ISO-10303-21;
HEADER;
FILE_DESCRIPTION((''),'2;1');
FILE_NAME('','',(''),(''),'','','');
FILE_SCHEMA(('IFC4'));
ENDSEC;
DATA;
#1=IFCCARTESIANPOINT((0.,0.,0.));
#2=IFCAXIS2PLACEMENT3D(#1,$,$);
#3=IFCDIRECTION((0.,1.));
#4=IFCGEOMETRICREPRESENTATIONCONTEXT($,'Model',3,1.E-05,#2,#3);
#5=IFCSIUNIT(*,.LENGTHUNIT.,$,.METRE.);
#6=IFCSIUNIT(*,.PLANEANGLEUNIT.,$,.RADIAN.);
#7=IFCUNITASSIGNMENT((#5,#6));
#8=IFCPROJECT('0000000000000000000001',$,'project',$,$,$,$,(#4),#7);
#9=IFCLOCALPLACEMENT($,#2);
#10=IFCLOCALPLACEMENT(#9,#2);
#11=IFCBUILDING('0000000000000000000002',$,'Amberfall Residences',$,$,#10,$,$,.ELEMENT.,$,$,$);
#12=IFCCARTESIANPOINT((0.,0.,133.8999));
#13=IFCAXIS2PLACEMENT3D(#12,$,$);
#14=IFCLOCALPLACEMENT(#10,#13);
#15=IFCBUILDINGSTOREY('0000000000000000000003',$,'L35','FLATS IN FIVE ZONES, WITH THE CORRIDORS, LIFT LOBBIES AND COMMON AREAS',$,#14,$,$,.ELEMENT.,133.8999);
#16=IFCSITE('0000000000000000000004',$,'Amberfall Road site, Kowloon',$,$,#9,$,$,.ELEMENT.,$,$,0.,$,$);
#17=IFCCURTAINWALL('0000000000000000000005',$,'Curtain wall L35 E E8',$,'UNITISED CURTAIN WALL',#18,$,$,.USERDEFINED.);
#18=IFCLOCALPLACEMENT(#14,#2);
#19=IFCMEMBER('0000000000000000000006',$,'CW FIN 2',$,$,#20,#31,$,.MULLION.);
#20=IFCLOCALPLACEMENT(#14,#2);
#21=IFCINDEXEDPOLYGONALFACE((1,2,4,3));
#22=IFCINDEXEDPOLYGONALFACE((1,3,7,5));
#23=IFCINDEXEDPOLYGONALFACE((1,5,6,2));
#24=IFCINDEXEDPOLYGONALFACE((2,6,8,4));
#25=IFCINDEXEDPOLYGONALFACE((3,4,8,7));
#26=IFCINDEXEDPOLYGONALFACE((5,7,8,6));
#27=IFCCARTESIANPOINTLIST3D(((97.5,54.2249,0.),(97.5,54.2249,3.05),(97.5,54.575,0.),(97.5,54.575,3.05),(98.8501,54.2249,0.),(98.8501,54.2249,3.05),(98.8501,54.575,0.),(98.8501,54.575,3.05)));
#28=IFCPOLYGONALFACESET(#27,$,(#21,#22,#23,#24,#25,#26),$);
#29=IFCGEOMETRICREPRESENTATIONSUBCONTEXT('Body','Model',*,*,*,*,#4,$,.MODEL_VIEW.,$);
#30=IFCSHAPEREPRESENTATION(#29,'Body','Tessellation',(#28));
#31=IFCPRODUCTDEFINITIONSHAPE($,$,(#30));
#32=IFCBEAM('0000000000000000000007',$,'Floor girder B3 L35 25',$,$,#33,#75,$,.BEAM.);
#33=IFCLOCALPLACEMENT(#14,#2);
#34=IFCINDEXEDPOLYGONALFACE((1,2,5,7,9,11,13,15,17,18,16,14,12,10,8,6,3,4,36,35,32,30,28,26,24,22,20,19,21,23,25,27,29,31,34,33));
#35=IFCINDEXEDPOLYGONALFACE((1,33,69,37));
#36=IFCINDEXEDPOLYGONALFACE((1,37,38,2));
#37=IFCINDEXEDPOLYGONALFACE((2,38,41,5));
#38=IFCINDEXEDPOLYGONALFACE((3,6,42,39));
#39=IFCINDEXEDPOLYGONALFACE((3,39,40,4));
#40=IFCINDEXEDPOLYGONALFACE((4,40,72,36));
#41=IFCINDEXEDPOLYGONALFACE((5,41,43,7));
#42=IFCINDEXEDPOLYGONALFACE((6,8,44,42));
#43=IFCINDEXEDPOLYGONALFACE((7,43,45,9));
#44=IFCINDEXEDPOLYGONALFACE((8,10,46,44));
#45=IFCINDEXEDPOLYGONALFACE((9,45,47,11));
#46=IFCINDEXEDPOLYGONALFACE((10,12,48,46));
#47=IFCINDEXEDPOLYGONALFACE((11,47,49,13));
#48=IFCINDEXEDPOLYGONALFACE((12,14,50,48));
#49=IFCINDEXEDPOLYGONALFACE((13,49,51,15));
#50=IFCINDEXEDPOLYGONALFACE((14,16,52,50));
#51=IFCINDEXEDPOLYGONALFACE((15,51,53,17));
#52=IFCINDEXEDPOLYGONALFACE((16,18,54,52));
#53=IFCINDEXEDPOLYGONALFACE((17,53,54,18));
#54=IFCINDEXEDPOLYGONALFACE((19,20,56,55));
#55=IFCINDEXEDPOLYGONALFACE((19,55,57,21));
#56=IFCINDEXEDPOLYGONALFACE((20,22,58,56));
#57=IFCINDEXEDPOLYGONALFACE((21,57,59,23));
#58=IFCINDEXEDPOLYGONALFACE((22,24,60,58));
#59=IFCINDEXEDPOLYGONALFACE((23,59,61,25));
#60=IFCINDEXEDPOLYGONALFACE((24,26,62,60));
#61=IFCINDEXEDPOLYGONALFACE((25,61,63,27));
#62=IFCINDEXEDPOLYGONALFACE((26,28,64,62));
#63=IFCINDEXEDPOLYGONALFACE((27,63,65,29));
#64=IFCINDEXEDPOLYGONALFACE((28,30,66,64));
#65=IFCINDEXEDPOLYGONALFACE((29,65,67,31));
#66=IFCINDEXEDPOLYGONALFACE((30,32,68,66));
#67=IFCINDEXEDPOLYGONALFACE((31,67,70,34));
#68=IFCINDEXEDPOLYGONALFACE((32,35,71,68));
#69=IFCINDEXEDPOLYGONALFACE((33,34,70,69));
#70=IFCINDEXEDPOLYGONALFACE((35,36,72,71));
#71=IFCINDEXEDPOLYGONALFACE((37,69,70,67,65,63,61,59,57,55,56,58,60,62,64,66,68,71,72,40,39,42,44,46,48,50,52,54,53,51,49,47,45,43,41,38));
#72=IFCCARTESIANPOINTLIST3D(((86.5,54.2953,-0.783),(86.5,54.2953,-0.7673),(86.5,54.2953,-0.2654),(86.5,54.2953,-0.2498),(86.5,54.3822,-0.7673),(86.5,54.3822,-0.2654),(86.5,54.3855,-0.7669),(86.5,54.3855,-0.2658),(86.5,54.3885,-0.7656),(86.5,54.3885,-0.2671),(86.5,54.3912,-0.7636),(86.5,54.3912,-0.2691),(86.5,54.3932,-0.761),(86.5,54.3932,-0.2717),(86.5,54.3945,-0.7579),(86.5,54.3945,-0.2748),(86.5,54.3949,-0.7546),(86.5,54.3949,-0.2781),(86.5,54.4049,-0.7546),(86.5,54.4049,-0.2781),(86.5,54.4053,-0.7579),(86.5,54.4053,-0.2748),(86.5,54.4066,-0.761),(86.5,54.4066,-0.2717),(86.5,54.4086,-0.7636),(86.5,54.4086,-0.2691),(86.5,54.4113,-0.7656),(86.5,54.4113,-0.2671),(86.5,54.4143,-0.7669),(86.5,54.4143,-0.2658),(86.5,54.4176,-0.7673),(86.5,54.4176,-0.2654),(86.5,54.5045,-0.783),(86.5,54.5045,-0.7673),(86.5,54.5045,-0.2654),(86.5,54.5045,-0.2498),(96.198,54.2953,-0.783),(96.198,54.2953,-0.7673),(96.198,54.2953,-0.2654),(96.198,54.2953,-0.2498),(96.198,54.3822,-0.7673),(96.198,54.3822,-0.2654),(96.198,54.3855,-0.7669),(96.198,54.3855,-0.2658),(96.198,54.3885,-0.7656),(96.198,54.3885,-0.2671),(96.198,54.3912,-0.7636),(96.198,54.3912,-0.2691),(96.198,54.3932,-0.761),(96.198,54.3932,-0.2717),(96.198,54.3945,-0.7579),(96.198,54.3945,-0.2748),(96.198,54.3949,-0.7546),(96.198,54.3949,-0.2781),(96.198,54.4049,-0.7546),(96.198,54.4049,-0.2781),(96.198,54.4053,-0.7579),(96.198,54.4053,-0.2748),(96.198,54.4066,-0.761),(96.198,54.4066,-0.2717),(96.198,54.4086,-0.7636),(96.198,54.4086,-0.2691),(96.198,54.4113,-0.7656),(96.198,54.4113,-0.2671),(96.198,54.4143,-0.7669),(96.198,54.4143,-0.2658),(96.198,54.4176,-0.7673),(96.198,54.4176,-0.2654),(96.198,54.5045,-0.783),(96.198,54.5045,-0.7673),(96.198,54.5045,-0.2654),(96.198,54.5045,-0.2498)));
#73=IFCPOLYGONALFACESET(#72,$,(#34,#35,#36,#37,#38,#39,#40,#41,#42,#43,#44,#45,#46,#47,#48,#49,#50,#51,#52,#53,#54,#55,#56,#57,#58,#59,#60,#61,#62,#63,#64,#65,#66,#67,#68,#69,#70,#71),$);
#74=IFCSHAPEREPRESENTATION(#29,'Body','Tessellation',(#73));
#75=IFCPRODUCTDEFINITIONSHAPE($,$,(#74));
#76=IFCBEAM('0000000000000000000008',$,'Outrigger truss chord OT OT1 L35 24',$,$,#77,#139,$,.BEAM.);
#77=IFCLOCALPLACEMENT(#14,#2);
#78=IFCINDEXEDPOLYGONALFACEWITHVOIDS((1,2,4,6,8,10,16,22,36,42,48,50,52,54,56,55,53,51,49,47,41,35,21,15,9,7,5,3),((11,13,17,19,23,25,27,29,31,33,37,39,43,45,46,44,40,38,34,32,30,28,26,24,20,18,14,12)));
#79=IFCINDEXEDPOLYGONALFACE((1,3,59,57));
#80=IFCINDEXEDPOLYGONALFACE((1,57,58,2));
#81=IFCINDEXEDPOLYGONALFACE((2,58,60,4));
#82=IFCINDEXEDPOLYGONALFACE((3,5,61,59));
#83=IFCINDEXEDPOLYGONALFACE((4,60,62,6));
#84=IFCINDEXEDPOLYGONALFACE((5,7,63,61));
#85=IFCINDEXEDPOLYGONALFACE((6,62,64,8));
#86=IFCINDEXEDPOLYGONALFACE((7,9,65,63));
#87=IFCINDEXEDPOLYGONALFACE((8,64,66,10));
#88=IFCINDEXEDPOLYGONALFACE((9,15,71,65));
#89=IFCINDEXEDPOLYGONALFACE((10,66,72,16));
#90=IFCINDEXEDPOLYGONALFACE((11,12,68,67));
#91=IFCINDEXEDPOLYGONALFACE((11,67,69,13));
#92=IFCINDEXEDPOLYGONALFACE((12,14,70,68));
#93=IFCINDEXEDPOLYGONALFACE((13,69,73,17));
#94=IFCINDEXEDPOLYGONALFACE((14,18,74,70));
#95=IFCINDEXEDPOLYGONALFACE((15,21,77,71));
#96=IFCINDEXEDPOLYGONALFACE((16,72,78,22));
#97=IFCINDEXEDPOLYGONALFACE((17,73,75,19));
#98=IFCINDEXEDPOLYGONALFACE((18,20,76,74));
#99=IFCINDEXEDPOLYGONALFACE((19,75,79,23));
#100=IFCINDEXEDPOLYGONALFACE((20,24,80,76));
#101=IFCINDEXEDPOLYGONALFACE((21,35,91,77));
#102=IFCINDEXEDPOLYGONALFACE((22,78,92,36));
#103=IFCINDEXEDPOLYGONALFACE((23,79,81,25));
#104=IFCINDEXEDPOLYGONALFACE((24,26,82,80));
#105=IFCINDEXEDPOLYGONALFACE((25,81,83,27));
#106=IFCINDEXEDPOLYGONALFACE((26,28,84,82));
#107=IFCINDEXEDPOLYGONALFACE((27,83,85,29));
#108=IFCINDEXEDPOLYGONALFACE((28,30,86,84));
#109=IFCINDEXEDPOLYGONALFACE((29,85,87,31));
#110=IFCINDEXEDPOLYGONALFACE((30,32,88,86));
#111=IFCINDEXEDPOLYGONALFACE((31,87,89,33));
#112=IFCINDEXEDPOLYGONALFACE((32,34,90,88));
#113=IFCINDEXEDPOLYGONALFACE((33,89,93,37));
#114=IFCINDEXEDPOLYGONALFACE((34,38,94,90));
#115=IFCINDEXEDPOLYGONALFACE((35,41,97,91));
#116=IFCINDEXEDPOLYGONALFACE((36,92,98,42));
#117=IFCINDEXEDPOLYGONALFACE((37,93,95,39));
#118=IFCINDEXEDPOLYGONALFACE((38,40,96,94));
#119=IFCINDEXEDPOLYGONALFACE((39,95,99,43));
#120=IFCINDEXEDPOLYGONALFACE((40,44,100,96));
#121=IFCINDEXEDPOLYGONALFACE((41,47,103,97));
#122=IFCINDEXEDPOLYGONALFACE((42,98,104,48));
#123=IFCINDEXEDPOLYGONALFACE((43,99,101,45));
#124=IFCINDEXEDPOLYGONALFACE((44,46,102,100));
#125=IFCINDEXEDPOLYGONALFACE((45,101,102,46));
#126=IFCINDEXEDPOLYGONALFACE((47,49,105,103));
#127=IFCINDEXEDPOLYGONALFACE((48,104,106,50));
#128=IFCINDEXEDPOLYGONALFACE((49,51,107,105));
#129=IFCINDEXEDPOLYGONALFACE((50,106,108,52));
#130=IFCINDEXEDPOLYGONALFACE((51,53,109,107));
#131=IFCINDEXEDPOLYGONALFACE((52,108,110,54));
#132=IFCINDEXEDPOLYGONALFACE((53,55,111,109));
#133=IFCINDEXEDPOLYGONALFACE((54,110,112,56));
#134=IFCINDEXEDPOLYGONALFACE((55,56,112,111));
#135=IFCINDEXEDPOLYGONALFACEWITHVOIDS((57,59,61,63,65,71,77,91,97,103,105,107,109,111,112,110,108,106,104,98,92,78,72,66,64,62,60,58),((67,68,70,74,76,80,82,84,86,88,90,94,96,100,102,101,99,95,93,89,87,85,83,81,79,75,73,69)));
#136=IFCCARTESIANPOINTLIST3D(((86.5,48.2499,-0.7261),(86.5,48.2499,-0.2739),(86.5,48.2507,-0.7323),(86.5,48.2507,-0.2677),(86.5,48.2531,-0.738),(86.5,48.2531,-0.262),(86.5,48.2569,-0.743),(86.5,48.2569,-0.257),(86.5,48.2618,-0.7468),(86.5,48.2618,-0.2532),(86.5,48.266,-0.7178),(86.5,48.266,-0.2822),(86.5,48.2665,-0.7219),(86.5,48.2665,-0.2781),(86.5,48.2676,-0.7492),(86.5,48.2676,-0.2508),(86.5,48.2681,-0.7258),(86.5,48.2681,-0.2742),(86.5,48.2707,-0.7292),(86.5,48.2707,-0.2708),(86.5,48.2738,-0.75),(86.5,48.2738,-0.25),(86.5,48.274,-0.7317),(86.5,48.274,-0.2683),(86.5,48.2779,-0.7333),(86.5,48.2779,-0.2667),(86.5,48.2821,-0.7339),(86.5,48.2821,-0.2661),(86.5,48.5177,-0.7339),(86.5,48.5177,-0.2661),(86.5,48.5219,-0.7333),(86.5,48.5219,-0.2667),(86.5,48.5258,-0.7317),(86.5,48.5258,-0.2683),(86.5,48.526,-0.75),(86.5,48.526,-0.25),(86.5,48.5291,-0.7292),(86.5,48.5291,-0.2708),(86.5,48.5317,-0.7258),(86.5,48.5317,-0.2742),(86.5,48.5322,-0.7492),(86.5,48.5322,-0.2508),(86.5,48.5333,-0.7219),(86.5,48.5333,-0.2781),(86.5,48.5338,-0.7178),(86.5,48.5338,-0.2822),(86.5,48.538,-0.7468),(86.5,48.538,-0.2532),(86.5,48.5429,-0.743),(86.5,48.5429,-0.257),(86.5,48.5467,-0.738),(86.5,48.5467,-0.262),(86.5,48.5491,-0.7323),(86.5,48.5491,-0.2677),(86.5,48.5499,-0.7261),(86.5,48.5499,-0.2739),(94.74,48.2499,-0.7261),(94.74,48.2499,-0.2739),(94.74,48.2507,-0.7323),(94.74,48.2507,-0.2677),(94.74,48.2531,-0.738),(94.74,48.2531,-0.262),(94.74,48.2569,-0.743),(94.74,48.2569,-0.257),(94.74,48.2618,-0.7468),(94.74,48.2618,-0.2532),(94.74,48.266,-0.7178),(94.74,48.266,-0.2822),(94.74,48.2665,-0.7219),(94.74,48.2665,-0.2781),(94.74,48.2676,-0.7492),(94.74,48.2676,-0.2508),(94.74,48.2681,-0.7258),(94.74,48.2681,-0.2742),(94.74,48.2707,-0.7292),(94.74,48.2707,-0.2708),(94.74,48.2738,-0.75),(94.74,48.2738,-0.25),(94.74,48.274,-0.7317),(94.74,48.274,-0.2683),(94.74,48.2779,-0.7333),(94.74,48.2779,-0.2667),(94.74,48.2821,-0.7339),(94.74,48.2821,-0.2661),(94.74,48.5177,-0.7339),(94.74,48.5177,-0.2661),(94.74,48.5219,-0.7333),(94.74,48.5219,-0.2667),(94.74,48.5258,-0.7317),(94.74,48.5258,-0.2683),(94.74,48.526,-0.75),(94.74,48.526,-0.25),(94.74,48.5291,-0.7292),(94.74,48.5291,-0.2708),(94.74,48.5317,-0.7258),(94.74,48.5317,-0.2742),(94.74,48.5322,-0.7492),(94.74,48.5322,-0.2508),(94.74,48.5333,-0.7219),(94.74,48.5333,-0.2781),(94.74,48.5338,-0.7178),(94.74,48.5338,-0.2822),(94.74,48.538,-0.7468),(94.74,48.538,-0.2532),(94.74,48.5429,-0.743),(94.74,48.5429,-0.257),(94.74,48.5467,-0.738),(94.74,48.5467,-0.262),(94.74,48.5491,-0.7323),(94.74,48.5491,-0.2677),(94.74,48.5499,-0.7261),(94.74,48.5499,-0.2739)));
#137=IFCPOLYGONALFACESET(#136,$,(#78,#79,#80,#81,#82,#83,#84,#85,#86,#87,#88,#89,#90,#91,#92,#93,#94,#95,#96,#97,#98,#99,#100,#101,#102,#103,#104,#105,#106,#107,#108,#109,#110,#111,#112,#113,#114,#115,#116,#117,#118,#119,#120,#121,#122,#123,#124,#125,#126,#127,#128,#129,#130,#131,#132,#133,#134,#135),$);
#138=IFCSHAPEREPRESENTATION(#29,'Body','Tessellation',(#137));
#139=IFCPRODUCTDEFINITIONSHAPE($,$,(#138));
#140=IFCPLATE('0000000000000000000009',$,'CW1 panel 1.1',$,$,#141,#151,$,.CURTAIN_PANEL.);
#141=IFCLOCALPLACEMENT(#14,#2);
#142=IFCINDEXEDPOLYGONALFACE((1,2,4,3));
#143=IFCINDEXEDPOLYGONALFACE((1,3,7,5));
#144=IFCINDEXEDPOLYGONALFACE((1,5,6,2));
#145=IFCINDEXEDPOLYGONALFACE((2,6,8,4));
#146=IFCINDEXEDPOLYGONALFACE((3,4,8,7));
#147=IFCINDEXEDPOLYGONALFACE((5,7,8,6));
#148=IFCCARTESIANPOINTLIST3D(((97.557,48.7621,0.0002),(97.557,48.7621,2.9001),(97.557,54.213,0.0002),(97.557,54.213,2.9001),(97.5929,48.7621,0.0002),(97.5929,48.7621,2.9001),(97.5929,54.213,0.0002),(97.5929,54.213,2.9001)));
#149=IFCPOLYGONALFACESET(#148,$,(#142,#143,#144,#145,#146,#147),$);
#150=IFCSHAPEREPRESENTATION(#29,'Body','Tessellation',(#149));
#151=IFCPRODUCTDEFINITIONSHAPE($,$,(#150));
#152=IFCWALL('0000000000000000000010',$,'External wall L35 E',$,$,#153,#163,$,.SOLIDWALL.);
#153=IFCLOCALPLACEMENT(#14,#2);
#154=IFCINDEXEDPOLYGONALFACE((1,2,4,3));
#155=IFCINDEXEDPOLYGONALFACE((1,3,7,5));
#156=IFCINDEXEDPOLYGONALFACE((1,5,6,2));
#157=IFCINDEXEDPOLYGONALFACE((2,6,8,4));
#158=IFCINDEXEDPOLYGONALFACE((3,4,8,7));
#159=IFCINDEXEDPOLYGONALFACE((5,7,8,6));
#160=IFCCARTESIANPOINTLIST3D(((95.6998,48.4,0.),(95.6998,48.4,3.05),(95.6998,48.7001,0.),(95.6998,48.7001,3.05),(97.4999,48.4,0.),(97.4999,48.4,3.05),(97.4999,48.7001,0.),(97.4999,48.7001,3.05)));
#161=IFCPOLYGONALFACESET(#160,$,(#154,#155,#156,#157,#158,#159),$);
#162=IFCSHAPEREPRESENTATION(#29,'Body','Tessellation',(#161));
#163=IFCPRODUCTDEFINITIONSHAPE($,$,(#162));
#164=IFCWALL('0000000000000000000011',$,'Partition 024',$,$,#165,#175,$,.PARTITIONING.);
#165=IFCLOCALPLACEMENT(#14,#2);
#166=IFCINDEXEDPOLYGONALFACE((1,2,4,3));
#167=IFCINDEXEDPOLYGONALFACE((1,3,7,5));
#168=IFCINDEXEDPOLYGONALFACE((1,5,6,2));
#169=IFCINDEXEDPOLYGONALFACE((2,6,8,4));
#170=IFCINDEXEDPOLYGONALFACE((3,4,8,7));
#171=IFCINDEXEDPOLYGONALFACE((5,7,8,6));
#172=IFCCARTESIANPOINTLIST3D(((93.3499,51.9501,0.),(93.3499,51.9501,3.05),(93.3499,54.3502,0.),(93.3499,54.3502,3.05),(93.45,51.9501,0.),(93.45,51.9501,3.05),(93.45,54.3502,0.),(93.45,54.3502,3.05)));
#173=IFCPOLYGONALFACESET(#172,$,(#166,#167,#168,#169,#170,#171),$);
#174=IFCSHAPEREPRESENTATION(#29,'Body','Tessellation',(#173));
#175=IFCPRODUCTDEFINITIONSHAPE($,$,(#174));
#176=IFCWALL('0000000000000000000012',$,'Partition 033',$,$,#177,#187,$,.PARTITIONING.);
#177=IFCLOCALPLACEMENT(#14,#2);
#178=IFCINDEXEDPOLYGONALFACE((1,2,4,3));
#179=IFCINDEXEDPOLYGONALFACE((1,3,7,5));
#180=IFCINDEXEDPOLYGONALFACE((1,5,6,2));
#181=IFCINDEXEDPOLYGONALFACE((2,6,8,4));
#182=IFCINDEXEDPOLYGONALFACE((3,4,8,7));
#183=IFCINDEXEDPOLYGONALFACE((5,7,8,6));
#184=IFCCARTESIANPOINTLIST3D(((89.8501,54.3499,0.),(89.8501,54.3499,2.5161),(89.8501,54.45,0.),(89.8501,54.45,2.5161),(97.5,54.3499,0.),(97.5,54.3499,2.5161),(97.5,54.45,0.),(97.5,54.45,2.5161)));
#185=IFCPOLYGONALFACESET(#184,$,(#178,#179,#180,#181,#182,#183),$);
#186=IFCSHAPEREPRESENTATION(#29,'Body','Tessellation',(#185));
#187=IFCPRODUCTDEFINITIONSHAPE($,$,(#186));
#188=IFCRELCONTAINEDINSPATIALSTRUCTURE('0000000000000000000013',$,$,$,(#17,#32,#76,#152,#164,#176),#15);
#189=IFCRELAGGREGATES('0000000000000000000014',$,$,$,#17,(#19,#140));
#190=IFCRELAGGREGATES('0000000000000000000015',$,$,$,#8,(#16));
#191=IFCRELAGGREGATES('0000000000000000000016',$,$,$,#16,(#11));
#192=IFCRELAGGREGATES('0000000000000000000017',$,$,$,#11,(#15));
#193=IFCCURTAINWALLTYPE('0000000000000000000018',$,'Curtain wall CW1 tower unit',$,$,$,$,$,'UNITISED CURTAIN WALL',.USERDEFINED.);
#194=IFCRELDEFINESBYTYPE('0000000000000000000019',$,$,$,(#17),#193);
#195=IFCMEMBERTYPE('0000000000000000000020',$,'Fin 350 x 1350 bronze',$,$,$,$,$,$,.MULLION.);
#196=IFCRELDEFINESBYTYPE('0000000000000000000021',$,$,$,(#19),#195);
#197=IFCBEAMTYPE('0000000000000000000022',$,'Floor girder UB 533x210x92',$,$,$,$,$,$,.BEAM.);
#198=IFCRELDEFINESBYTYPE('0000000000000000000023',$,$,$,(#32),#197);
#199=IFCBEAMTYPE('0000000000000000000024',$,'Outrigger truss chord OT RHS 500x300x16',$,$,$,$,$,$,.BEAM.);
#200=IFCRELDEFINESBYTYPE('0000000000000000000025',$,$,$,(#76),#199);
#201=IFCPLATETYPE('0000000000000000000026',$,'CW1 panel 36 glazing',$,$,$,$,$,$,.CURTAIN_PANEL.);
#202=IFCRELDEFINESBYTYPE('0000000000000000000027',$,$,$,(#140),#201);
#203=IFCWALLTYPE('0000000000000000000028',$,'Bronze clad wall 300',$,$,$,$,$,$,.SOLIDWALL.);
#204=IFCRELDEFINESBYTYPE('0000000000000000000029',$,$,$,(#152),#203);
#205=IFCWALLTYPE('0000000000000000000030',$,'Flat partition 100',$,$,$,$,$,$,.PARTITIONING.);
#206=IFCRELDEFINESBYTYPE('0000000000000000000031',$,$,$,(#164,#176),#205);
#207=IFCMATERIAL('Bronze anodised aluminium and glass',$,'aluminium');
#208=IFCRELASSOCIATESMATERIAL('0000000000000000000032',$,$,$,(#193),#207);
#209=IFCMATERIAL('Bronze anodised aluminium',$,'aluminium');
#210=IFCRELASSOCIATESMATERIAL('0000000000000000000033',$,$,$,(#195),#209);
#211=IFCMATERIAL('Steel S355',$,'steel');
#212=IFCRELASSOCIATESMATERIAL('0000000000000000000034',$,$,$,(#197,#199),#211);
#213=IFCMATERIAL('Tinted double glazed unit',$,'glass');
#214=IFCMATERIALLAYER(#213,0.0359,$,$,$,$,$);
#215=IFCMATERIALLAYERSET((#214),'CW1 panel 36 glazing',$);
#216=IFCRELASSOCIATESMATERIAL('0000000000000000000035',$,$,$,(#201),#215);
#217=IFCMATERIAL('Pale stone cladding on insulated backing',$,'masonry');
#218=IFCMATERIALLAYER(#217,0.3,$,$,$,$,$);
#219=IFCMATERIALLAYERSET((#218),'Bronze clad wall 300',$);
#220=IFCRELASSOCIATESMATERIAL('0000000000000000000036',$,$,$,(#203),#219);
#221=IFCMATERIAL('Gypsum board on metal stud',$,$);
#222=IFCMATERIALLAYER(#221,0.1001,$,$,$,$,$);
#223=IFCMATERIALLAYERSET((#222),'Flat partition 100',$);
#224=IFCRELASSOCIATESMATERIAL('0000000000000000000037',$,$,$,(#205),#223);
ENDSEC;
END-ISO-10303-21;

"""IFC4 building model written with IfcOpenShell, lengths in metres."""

from ifc_helpers import new_model, si_unit, direction, frame, frame_2d, origin, origin_2d, place, context, subcontext, project, spatial, rectangle, hollow_rectangle, i_section, extrude, material, layer, layer_set, material_profile, profile_set, type_object, element, aggregate, save


model = new_model("IFC4")

# Units and contexts
model_context = context("Model", 3, precision=1e-05, world=origin(), true_north=direction((0.0, 1.0)))
body_context = subcontext(model_context, "Body", "Model", "MODEL_VIEW")
ifc_project = project(units=[si_unit("LENGTHUNIT", "METRE"), si_unit("PLANEANGLEUNIT", "RADIAN")], contexts=[model_context])

# Site, building, storey
site_placement = place(None, origin())
site = spatial("IfcSite", under=ifc_project, at=site_placement, Name="Amberfall Road site, Kowloon", CompositionType="ELEMENT", RefElevation=0.0)
building_placement = place(site_placement, origin())
building = spatial("IfcBuilding", under=site, at=building_placement, Name="Amberfall Residences", CompositionType="ELEMENT")
storey_placement = place(building_placement, frame((0.0, 0.0, 133.8999)))
storey = spatial("IfcBuildingStorey", under=building, at=storey_placement, Name="L35", Description="FLATS IN FIVE ZONES, WITH THE CORRIDORS, LIFT LOBBIES AND COMMON AREAS", CompositionType="ELEMENT", Elevation=133.8999)

# Shared definitions
ifc_material_1 = material(Name="Steel S355", Category="steel")

# Curtain wall
ifc_material_2 = material(Name="Bronze anodised aluminium and glass", Category="aluminium")
curtain_wall_type = type_object("IfcCurtainWallType", Name="Curtain wall CW1 tower unit", ElementType="UNITISED CURTAIN WALL", PredefinedType="USERDEFINED", material=ifc_material_2)
curtain_wall_placement = place(storey_placement, origin())
curtain_wall = element("IfcCurtainWall", 1, at=curtain_wall_placement, inside=storey, type_object=curtain_wall_type, Name="Curtain wall L35 E E8", ObjectType="UNITISED CURTAIN WALL", PredefinedType="USERDEFINED")
ifc_material_3 = material(Name="Bronze anodised aluminium", Category="aluminium")

# Member
ifc_material_profile_1 = material_profile(ifc_material_3, rectangle(XDim=1.3501, YDim=0.3501, at=origin_2d()), Name="Fin 350 x 1350 bronze")
ifc_profile_set_1 = profile_set([ifc_material_profile_1], Name="Bronze anodised aluminium")
member_type_1 = type_object("IfcMemberType", Name="Fin 350 x 1350 bronze", PredefinedType="MULLION", material=ifc_profile_set_1)
member_1_placement = place(storey_placement, frame((98.175, 54.3999, 0.0), z_axis=(0.0, 0.0, 1.0), x_axis=(-1.0, 0.0, 0.0)))
member_1 = element("IfcMember", 2, at=member_1_placement, type_object=member_type_1, Name="CW FIN 2", PredefinedType="MULLION", context=body_context, shape_type="SweptSolid", body=[
    extrude(rectangle(XDim=1.3501, YDim=0.3501, at=origin_2d()), origin(), (0.0, 0.0, 1.0), 3.05),
])

# Beams
ifc_material_profile_2 = material_profile(ifc_material_1, i_section(OverallWidth=0.2092, OverallDepth=0.5332, WebThickness=0.01, FlangeThickness=0.0156, FilletRadius=0.0127, at=origin_2d()), Name="UB 533x210x92")
ifc_profile_set_2 = profile_set([ifc_material_profile_2], Name="Steel S355")
beam_type_1 = type_object("IfcBeamType", Name="Floor girder UB 533x210x92", PredefinedType="BEAM", material=ifc_profile_set_2)
beam_1_placement = place(storey_placement, frame((96.198, 54.3999, -0.5164), z_axis=(-1.0, 0.0, 0.0), x_axis=(0.0, -1.0, 0.0)))
element("IfcBeam", 3, at=beam_1_placement, inside=storey, type_object=beam_type_1, Name="Floor girder B3 L35 25", PredefinedType="BEAM", context=body_context, shape_type="SweptSolid", body=[
    extrude(i_section(OverallWidth=0.2092, OverallDepth=0.5332, WebThickness=0.01, FlangeThickness=0.0156, FilletRadius=0.0127, at=origin_2d()), origin(), (0.0, 0.0, 1.0), 9.698),
])
ifc_material_profile_3 = material_profile(ifc_material_1, hollow_rectangle(XDim=0.3, YDim=0.5, WallThickness=0.0161, InnerFilletRadius=0.0161, OuterFilletRadius=0.0239, at=origin_2d()), Name="RHS 500x300x16")
ifc_profile_set_3 = profile_set([ifc_material_profile_3], Name="Steel S355")
beam_type_2 = type_object("IfcBeamType", Name="Outrigger truss chord OT RHS 500x300x16", PredefinedType="BEAM", material=ifc_profile_set_3)
beam_2_placement = place(storey_placement, frame((94.74, 48.3999, -0.5), z_axis=(-1.0, 0.0, 0.0), x_axis=(0.0, -1.0, 0.0)))
element("IfcBeam", 4, at=beam_2_placement, inside=storey, type_object=beam_type_2, Name="Outrigger truss chord OT OT1 L35 24", PredefinedType="BEAM", context=body_context, shape_type="SweptSolid", body=[
    extrude(hollow_rectangle(XDim=0.3, YDim=0.5, WallThickness=0.0161, InnerFilletRadius=0.0161, OuterFilletRadius=0.0239, at=origin_2d()), origin(), (0.0, 0.0, 1.0), 8.24),
])

# Plate
ifc_material_4 = material(Name="Tinted double glazed unit", Category="glass")
ifc_layer_1 = layer(ifc_material_4, 0.0359)
ifc_layer_set_1 = layer_set([ifc_layer_1], Name="CW1 panel 36 glazing")
plate_type = type_object("IfcPlateType", Name="CW1 panel 36 glazing", PredefinedType="CURTAIN_PANEL", material=ifc_layer_set_1)
plate_placement = place(storey_placement, frame((97.575, 51.4875, 0.0002), z_axis=(0.0, 0.0, 1.0), x_axis=(0.0, 1.0, 0.0)))
plate = element("IfcPlate", 5, at=plate_placement, type_object=plate_type, Name="CW1 panel 1.1", PredefinedType="CURTAIN_PANEL", context=body_context, shape_type="SweptSolid", body=[
    extrude(rectangle(XDim=5.4509, YDim=0.0359, at=origin_2d()), origin(), (0.0, 0.0, 1.0), 2.8999),
])
aggregate(curtain_wall, [member_1, plate])

# Walls
ifc_material_5 = material(Name="Pale stone cladding on insulated backing", Category="masonry")
ifc_layer_2 = layer(ifc_material_5, 0.3)
ifc_layer_set_2 = layer_set([ifc_layer_2], Name="Bronze clad wall 300")
wall_type_1 = type_object("IfcWallType", Name="Bronze clad wall 300", PredefinedType="SOLIDWALL", material=ifc_layer_set_2)
wall_1_placement = place(storey_placement, frame((95.7, 48.55, 0.0), z_axis=(0.0, 0.0, 1.0), x_axis=(1.0, 0.0, 0.0)))
element("IfcWall", 6, at=wall_1_placement, inside=storey, type_object=wall_type_1, Name="External wall L35 E", PredefinedType="SOLIDWALL", context=body_context, shape_type="SweptSolid", body=[
    extrude(rectangle(XDim=1.8, YDim=0.3, at=frame_2d((0.8999, 0.0))), origin(), (0.0, 0.0, 1.0), 3.05),
])
ifc_material_6 = material(Name="Gypsum board on metal stud")
ifc_layer_3 = layer(ifc_material_6, 0.1001)
ifc_layer_set_3 = layer_set([ifc_layer_3], Name="Flat partition 100")
wall_type_2 = type_object("IfcWallType", Name="Flat partition 100", PredefinedType="PARTITIONING", material=ifc_layer_set_3)
wall_2_placement = place(storey_placement, frame((93.3999, 51.95, 0.0), z_axis=(0.0, 0.0, 1.0), x_axis=(0.0, 1.0, 0.0)))
element("IfcWall", 7, at=wall_2_placement, inside=storey, type_object=wall_type_2, Name="Partition 024", PredefinedType="PARTITIONING", context=body_context, shape_type="SweptSolid", body=[
    extrude(rectangle(XDim=2.4001, YDim=0.1001, at=frame_2d((1.2002, 0.0))), origin(), (0.0, 0.0, 1.0), 3.05),
])
wall_3_placement = place(storey_placement, frame((89.8501, 54.3999, 0.0), z_axis=(0.0, 0.0, 1.0), x_axis=(1.0, 0.0, 0.0)))
element("IfcWall", 8, at=wall_3_placement, inside=storey, type_object=wall_type_2, Name="Partition 033", PredefinedType="PARTITIONING", context=body_context, shape_type="SweptSolid", body=[
    extrude(rectangle(XDim=7.6499, YDim=0.1001, at=frame_2d((3.825, 0.0))), origin(), (0.0, 0.0, 1.0), 2.5161),
])

save(model, "model.ifc")
